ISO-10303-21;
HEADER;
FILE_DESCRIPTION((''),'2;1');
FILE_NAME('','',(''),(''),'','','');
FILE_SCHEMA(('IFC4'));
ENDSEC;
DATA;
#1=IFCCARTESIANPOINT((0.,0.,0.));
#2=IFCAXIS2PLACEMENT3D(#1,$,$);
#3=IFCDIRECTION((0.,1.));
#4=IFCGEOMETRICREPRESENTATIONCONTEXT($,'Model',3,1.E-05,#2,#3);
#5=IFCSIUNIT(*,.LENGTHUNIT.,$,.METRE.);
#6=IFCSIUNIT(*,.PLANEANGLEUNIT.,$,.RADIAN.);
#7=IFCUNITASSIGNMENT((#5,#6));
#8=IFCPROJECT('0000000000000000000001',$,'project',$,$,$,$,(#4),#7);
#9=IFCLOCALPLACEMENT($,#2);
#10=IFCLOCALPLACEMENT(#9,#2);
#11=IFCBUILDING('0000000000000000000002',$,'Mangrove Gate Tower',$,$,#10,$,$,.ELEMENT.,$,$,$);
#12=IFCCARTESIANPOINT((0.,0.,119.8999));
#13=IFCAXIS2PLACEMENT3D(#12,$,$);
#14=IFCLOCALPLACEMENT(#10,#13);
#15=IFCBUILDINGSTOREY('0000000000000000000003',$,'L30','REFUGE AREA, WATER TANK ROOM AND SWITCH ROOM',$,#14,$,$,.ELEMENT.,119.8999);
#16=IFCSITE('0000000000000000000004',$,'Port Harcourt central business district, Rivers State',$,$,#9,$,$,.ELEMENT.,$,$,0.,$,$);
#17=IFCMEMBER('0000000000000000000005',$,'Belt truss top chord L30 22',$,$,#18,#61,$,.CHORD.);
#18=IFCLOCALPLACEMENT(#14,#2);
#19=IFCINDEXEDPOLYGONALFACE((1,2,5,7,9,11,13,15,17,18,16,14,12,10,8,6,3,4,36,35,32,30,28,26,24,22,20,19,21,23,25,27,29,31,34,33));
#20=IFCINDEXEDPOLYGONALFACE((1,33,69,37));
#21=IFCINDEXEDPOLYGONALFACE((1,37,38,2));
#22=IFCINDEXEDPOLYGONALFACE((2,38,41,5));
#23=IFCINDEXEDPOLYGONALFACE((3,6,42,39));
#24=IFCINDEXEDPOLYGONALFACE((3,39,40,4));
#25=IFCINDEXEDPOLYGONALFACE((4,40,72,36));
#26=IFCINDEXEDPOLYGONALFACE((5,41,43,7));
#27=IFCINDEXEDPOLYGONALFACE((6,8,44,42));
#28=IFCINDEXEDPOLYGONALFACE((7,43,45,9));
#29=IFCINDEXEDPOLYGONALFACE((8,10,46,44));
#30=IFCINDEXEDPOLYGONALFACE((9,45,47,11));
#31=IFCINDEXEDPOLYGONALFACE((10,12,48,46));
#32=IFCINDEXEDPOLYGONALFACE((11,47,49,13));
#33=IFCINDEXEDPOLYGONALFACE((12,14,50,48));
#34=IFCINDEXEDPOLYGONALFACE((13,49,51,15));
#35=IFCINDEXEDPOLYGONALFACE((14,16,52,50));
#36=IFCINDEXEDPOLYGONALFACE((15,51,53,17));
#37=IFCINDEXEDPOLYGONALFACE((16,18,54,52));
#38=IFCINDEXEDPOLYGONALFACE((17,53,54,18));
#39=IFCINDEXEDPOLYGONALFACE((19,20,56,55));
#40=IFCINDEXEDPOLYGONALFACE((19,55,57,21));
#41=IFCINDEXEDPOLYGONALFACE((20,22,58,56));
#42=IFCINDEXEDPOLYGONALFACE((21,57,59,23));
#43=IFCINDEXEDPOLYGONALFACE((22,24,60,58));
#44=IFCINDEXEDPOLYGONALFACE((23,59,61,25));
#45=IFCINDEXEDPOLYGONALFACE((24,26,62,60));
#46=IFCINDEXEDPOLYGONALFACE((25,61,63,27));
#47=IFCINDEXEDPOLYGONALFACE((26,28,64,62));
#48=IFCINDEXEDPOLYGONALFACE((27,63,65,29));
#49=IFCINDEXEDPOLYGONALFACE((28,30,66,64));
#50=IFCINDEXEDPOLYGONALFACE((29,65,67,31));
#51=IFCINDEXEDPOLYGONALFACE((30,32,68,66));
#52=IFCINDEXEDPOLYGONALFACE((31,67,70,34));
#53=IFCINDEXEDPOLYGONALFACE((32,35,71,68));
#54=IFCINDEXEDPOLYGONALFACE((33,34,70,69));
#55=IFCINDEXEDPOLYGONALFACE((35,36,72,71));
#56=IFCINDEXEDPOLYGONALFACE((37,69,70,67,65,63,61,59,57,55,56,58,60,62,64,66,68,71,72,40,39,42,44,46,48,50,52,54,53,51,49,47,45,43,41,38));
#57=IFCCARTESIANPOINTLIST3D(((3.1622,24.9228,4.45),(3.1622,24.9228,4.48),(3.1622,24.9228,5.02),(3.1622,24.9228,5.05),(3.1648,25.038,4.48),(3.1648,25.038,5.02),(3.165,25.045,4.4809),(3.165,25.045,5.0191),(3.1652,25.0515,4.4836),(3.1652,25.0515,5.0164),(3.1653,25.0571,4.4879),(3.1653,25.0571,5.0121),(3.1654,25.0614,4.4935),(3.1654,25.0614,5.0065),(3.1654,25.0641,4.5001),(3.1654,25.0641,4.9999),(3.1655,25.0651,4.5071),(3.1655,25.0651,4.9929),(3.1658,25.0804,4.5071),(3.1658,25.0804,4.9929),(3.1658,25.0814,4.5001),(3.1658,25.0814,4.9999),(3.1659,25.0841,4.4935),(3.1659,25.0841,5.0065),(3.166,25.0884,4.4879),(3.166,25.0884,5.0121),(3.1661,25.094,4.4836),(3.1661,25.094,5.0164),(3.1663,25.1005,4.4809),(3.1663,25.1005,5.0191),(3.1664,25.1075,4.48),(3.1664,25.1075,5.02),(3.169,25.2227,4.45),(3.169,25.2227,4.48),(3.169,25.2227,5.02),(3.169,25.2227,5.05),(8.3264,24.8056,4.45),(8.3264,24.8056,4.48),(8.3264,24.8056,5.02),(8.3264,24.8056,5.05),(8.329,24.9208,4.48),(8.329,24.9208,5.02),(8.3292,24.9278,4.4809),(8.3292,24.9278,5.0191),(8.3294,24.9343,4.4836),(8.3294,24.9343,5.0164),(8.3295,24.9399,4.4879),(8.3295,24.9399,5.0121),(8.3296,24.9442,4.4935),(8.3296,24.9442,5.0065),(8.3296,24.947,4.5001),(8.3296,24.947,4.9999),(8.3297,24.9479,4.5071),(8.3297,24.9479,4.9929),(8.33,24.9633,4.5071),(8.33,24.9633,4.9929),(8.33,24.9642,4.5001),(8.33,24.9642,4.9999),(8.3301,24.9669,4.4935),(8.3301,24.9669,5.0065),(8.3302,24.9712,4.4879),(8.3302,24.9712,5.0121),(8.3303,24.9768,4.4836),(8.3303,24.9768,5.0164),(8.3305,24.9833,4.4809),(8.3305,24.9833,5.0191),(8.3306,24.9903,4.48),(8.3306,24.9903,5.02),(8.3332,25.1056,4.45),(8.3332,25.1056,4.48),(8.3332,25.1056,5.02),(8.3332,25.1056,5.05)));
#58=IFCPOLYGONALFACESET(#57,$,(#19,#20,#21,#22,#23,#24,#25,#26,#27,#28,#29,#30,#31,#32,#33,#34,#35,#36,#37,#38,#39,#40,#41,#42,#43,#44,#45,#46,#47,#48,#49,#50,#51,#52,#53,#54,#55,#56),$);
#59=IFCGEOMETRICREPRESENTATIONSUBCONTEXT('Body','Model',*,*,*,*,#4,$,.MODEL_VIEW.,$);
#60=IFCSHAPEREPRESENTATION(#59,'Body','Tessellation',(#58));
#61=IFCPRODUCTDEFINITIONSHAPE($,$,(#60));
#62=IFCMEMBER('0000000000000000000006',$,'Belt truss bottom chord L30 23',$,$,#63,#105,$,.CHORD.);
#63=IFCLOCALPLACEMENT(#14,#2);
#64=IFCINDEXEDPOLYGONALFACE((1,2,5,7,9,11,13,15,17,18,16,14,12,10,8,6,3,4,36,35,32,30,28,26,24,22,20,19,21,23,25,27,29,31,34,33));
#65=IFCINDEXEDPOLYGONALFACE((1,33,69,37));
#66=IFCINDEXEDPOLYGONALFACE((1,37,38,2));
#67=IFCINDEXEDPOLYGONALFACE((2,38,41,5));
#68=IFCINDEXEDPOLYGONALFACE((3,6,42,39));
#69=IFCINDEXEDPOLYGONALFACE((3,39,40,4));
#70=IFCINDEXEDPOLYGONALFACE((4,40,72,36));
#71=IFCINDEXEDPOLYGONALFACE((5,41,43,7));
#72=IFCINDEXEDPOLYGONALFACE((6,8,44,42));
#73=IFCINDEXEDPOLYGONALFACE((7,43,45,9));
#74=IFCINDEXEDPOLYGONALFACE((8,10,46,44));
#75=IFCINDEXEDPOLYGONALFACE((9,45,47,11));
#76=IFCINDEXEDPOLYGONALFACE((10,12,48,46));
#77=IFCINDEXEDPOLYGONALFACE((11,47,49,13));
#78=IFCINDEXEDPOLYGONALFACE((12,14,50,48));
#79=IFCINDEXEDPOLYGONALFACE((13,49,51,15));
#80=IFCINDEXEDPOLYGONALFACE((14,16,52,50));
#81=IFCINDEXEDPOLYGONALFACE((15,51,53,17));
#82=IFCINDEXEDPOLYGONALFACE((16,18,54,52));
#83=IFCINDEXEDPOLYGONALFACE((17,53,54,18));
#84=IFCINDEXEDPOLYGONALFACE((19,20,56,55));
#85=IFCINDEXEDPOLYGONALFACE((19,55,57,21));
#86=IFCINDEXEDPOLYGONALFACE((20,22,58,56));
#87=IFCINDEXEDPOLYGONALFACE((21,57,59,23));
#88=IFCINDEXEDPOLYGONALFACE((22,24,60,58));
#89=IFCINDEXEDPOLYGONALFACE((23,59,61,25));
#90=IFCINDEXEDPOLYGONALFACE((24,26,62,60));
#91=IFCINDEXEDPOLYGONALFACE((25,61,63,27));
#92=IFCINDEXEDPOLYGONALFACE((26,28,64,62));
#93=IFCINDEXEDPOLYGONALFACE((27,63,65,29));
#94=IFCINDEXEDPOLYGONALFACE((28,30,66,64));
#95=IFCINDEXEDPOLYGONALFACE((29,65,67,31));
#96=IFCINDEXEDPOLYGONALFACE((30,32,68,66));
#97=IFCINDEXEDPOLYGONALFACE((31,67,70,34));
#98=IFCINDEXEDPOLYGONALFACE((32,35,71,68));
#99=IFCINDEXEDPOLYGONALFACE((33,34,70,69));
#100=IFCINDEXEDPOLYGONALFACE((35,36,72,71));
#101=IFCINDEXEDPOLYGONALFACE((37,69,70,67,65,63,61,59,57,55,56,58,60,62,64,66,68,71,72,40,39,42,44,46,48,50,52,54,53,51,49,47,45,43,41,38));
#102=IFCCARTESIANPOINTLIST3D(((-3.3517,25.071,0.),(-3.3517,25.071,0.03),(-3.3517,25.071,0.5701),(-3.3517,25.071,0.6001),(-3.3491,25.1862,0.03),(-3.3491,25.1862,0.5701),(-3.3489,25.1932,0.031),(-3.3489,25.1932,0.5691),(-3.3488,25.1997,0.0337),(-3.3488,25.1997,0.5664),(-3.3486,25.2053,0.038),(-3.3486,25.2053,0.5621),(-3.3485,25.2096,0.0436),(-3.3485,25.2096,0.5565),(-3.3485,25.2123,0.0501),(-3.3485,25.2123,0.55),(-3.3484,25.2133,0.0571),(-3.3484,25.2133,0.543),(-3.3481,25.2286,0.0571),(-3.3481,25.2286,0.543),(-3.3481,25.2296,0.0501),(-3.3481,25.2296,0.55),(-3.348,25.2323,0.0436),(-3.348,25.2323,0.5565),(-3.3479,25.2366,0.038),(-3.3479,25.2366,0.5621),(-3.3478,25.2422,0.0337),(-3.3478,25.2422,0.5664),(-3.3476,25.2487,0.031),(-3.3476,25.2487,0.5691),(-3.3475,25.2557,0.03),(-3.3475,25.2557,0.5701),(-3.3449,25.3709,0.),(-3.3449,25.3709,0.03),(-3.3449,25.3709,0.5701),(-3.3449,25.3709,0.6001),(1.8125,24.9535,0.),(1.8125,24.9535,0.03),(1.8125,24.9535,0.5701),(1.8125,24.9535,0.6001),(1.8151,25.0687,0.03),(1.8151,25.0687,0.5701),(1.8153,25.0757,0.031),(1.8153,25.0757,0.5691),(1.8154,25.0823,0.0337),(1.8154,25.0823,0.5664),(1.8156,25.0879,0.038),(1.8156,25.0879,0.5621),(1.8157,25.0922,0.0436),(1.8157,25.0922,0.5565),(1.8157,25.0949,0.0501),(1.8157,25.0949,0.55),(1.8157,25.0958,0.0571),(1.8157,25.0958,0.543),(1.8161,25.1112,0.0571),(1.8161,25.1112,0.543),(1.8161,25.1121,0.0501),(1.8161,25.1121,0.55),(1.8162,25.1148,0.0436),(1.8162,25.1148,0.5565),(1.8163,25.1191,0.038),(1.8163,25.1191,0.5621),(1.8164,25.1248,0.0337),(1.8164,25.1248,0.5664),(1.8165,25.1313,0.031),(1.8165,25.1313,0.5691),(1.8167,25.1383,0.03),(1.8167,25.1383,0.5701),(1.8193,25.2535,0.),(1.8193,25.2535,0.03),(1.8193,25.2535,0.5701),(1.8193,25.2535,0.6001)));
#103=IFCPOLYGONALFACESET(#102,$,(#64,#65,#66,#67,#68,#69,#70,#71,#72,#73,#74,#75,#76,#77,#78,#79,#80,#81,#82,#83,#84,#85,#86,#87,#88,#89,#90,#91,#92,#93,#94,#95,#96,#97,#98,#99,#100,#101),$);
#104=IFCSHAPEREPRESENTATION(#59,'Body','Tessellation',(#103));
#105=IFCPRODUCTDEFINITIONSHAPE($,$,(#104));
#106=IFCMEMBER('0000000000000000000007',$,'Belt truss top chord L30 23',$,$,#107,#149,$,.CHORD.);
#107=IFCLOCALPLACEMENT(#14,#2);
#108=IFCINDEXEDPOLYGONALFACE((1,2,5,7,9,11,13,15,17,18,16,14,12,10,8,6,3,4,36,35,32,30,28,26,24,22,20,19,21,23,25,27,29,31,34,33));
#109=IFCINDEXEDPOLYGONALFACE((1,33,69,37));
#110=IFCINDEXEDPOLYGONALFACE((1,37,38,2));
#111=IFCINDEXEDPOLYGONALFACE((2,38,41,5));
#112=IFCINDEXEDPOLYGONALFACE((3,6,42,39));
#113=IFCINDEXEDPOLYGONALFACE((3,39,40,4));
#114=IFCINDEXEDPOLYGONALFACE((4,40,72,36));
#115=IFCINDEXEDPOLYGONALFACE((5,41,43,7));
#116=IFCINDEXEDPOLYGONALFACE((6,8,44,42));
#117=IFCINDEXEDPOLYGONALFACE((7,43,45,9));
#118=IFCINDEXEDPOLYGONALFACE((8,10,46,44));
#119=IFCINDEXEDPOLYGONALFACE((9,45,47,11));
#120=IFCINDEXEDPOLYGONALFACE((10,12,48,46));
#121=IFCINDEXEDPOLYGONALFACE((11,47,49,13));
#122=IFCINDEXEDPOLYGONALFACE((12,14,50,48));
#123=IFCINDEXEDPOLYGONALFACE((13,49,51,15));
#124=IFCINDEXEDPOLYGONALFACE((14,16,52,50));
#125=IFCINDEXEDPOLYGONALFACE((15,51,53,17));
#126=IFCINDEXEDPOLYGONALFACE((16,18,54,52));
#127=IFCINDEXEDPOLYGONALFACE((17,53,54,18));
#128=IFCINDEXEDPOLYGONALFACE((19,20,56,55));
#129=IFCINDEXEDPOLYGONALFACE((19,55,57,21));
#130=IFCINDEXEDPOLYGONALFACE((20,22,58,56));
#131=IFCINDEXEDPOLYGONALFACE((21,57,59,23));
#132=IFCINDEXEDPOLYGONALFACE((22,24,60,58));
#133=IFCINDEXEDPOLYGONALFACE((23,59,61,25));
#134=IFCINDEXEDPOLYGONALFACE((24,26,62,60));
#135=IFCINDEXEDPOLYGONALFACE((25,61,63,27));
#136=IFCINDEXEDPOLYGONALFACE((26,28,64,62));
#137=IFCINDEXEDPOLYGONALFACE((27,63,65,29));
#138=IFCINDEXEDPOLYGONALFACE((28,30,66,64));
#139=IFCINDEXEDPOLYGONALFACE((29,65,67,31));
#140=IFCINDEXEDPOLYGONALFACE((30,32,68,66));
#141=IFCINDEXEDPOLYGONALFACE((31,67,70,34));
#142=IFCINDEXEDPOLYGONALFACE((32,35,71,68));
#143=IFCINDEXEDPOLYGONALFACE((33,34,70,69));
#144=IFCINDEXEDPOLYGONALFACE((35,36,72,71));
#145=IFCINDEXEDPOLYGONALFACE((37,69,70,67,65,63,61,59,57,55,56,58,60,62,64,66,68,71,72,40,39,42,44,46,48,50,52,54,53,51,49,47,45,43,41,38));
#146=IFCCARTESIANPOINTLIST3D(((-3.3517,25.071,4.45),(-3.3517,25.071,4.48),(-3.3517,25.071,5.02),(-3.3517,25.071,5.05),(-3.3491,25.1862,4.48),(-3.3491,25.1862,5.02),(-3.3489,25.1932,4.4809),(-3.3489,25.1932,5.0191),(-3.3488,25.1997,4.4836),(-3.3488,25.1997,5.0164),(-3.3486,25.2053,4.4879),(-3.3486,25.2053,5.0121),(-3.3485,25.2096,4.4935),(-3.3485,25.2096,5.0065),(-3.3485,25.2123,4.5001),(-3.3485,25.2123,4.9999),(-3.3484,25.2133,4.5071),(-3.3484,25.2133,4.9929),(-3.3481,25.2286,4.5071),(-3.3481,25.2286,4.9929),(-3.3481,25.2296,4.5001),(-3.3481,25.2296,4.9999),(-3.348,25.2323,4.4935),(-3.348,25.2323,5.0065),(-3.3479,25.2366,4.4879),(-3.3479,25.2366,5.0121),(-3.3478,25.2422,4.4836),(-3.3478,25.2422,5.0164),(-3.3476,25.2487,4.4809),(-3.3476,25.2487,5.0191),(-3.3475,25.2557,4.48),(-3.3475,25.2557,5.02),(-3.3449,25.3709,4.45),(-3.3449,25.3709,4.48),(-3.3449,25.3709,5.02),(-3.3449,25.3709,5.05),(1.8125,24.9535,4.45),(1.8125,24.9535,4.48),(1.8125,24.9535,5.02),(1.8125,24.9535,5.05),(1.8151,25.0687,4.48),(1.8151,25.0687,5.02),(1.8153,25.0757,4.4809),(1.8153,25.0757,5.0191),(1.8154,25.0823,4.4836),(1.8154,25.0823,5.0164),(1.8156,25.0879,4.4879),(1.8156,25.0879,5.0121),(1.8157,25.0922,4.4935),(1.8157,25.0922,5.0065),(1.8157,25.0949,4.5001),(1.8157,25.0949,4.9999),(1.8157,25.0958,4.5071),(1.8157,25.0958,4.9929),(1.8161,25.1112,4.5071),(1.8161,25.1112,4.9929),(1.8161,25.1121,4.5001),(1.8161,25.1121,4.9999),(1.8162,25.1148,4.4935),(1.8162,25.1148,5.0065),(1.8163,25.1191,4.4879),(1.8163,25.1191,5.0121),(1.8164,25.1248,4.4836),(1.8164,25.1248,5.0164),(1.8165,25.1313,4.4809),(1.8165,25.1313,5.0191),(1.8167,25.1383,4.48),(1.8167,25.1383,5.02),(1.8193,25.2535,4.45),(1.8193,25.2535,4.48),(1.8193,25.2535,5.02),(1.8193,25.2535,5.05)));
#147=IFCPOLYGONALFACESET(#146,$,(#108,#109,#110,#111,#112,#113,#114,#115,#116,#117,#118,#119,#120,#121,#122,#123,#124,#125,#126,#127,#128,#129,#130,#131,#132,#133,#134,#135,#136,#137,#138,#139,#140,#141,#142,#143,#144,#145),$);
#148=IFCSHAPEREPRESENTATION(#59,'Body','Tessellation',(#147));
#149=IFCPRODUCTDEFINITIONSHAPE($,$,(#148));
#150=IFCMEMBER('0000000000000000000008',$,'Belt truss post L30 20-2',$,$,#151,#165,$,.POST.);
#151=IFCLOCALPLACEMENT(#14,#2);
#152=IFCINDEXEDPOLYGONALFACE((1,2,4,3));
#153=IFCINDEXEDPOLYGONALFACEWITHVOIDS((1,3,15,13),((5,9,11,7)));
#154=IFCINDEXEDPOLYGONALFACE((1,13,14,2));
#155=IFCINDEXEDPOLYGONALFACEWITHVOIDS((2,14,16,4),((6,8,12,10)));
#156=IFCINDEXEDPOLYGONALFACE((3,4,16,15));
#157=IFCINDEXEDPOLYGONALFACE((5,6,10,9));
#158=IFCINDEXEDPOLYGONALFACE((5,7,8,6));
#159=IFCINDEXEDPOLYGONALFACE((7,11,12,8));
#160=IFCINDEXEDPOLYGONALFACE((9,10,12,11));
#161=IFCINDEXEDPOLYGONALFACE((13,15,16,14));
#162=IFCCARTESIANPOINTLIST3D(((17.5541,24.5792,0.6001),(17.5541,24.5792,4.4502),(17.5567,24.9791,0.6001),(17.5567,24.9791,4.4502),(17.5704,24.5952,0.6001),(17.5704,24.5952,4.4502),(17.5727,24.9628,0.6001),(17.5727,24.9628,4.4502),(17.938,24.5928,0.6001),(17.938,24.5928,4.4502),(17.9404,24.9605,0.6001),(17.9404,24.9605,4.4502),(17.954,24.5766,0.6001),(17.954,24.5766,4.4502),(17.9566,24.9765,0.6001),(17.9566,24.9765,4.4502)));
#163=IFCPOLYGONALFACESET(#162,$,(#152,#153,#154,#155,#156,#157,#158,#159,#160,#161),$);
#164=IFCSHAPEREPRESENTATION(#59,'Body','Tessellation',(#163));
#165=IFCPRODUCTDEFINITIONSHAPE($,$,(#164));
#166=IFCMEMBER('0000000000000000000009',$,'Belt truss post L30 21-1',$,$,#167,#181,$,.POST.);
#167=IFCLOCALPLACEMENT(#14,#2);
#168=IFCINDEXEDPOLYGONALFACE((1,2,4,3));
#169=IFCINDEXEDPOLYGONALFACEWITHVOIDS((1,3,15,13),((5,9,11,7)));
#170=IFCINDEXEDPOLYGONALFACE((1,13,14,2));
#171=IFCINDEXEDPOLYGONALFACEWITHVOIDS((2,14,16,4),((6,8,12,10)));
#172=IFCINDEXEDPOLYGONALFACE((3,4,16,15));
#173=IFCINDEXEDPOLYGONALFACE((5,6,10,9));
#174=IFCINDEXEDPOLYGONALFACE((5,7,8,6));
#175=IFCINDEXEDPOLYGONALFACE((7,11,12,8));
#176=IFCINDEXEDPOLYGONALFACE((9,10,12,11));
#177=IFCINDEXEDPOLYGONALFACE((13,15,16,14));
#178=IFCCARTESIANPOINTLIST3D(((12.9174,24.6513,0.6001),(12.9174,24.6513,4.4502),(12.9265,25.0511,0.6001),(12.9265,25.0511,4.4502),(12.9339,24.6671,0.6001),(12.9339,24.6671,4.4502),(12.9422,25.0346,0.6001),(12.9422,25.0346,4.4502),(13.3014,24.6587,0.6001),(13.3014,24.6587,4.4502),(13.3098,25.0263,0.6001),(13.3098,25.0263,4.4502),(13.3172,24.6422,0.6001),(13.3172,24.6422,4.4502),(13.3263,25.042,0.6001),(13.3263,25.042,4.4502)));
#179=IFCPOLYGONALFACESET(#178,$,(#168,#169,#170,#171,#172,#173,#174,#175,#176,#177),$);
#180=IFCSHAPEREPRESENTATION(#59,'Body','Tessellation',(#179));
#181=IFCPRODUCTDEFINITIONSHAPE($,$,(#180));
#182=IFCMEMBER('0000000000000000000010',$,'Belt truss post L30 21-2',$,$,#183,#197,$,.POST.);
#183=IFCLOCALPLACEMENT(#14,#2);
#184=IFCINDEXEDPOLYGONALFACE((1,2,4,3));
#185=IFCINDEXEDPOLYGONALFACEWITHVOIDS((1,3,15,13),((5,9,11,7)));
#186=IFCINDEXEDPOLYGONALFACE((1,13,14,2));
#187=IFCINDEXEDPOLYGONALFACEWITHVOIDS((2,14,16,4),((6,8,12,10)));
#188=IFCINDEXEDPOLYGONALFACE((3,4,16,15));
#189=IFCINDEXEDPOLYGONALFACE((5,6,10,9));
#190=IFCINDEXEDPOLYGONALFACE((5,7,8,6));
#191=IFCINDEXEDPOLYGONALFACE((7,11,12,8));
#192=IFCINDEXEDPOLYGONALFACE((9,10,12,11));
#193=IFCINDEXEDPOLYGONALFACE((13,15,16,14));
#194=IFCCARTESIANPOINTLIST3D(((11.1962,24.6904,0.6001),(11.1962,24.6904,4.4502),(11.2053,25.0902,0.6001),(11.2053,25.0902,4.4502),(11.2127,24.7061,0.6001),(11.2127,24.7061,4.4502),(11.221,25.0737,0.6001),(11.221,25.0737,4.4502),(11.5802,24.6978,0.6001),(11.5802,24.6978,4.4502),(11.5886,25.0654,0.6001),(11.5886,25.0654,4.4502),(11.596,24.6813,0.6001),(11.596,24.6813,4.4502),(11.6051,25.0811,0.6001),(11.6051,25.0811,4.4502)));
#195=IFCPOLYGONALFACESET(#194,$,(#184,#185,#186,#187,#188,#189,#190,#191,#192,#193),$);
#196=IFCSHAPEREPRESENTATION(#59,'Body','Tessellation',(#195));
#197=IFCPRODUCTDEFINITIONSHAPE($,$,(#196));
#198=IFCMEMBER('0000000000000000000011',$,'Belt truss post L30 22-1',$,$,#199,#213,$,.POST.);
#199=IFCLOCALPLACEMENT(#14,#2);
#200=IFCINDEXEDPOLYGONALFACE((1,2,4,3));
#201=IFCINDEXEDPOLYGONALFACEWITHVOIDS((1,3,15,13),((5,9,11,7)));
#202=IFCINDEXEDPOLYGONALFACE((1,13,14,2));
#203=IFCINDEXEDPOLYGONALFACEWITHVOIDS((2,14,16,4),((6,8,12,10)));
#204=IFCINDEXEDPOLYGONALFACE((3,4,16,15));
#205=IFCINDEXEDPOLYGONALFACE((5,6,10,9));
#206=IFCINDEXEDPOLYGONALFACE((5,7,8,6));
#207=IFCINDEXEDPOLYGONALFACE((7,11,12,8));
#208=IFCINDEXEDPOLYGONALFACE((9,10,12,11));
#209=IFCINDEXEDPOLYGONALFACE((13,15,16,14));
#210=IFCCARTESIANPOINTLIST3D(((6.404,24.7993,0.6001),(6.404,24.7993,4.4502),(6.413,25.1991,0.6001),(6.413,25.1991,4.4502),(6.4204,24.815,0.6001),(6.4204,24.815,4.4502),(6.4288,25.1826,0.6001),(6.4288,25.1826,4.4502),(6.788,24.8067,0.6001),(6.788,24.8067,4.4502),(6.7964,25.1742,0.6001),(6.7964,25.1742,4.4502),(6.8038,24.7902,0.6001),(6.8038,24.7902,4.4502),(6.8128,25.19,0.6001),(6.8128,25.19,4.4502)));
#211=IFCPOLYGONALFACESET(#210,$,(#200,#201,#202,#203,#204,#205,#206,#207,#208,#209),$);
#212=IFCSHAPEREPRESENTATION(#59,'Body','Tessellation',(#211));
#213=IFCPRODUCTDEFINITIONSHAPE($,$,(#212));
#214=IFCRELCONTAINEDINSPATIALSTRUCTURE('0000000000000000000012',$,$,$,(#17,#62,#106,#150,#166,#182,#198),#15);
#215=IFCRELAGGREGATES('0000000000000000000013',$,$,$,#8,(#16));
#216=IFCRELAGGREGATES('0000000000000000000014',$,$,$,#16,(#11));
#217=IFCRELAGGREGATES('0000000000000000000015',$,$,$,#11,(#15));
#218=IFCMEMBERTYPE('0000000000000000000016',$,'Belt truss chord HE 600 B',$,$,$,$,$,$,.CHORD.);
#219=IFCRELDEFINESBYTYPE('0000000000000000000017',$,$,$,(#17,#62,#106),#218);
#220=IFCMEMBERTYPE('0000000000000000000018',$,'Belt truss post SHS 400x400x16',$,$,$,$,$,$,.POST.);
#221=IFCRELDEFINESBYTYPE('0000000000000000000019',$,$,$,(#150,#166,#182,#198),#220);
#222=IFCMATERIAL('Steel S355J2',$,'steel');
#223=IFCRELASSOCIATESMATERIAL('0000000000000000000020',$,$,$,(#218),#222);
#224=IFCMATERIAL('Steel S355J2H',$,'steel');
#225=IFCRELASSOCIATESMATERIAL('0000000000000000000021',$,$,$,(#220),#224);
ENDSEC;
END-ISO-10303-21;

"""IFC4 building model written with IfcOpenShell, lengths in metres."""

from ifc_helpers import new_model, si_unit, direction, frame, origin, origin_2d, place, context, subcontext, project, spatial, hollow_rectangle, i_section, extrude, material, material_profile, profile_set, type_object, element, save


model = new_model("IFC4")

# Units and contexts
model_context = context("Model", 3, precision=1e-05, world=origin(), true_north=direction((0.0, 1.0)))
body_context = subcontext(model_context, "Body", "Model", "MODEL_VIEW")
ifc_project = project(units=[si_unit("LENGTHUNIT", "METRE"), si_unit("PLANEANGLEUNIT", "RADIAN")], contexts=[model_context])

# Site, building, storey
site_placement = place(None, origin())
site = spatial("IfcSite", under=ifc_project, at=site_placement, Name="Port Harcourt central business district, Rivers State", CompositionType="ELEMENT", RefElevation=0.0)
building_placement = place(site_placement, origin())
building = spatial("IfcBuilding", under=site, at=building_placement, Name="Mangrove Gate Tower", CompositionType="ELEMENT")
storey_placement = place(building_placement, frame((0.0, 0.0, 119.8999)))
storey = spatial("IfcBuildingStorey", under=building, at=storey_placement, Name="L30", Description="REFUGE AREA, WATER TANK ROOM AND SWITCH ROOM", CompositionType="ELEMENT", Elevation=119.8999)

# Members
ifc_material_1 = material(Name="Steel S355J2", Category="steel")
ifc_material_profile_1 = material_profile(ifc_material_1, i_section(OverallWidth=0.3, OverallDepth=0.6001, WebThickness=0.0154, FlangeThickness=0.03, FilletRadius=0.0271, at=origin_2d()))
ifc_profile_set_1 = profile_set([ifc_material_profile_1], Name="Steel S355J2")
member_type_1 = type_object("IfcMemberType", Name="Belt truss chord HE 600 B", PredefinedType="CHORD", material=ifc_profile_set_1)
for number, where, z_axis, x_axis, name in (
    (1, (8.3298, 24.9556, 4.75), (-0.999743, 0.022686, 0.0), (-0.022686, -0.999743, 0.0), "Belt truss top chord L30 22"),
    (2, (1.8159, 25.1035, 0.3), (-0.999742, 0.022733, 0.0), (-0.022733, -0.999742, 0.0), "Belt truss bottom chord L30 23"),
    (3, (1.8159, 25.1035, 4.75), (-0.999742, 0.022733, 0.0), (-0.022733, -0.999742, 0.0), "Belt truss top chord L30 23"),
):
    element("IfcMember", number, at=place(storey_placement, frame(where, z_axis=z_axis, x_axis=x_axis)), inside=storey, type_object=member_type_1, Name=name, PredefinedType="CHORD", context=body_context, shape_type="SweptSolid", body=[
        extrude(i_section(OverallWidth=0.3, OverallDepth=0.6001, WebThickness=0.0154, FlangeThickness=0.03, FilletRadius=0.0271, at=origin_2d()), origin(), (0.0, 0.0, 1.0), 5.1655),
    ])
ifc_material_2 = material(Name="Steel S355J2H", Category="steel")
ifc_material_profile_2 = material_profile(ifc_material_2, hollow_rectangle(XDim=0.3999, YDim=0.3999, WallThickness=0.0161, at=origin_2d()))
ifc_profile_set_2 = profile_set([ifc_material_profile_2], Name="Steel S355J2H")
member_type_2 = type_object("IfcMemberType", Name="Belt truss post SHS 400x400x16", PredefinedType="POST", material=ifc_profile_set_2)
for number, where, z_axis, x_axis, name in (
    (4, (17.7554, 24.7778, 0.6001), (0.0, 0.0, 1.0), (-0.99998, 0.006374, 0.0), "Belt truss post L30 20-2"),
    (5, (13.1218, 24.8467, 0.6001), (0.0, 0.0, 1.0), (-0.999742, 0.022718, 0.0), "Belt truss post L30 21-1"),
    (6, (11.4006, 24.8857, 0.6001), (0.0, 0.0, 1.0), (-0.999742, 0.022718, 0.0), "Belt truss post L30 21-2"),
    (7, (6.6084, 24.9946, 0.6001), (0.0, 0.0, 1.0), (-0.999742, 0.022714, 0.0), "Belt truss post L30 22-1"),
):
    element("IfcMember", number, at=place(storey_placement, frame(where, z_axis=z_axis, x_axis=x_axis)), inside=storey, type_object=member_type_2, Name=name, PredefinedType="POST", context=body_context, shape_type="SweptSolid", body=[
        extrude(hollow_rectangle(XDim=0.3999, YDim=0.3999, WallThickness=0.0161, at=origin_2d()), origin(), (0.0, 0.0, 1.0), 3.8501),
    ])

save(model, "model.ifc")
